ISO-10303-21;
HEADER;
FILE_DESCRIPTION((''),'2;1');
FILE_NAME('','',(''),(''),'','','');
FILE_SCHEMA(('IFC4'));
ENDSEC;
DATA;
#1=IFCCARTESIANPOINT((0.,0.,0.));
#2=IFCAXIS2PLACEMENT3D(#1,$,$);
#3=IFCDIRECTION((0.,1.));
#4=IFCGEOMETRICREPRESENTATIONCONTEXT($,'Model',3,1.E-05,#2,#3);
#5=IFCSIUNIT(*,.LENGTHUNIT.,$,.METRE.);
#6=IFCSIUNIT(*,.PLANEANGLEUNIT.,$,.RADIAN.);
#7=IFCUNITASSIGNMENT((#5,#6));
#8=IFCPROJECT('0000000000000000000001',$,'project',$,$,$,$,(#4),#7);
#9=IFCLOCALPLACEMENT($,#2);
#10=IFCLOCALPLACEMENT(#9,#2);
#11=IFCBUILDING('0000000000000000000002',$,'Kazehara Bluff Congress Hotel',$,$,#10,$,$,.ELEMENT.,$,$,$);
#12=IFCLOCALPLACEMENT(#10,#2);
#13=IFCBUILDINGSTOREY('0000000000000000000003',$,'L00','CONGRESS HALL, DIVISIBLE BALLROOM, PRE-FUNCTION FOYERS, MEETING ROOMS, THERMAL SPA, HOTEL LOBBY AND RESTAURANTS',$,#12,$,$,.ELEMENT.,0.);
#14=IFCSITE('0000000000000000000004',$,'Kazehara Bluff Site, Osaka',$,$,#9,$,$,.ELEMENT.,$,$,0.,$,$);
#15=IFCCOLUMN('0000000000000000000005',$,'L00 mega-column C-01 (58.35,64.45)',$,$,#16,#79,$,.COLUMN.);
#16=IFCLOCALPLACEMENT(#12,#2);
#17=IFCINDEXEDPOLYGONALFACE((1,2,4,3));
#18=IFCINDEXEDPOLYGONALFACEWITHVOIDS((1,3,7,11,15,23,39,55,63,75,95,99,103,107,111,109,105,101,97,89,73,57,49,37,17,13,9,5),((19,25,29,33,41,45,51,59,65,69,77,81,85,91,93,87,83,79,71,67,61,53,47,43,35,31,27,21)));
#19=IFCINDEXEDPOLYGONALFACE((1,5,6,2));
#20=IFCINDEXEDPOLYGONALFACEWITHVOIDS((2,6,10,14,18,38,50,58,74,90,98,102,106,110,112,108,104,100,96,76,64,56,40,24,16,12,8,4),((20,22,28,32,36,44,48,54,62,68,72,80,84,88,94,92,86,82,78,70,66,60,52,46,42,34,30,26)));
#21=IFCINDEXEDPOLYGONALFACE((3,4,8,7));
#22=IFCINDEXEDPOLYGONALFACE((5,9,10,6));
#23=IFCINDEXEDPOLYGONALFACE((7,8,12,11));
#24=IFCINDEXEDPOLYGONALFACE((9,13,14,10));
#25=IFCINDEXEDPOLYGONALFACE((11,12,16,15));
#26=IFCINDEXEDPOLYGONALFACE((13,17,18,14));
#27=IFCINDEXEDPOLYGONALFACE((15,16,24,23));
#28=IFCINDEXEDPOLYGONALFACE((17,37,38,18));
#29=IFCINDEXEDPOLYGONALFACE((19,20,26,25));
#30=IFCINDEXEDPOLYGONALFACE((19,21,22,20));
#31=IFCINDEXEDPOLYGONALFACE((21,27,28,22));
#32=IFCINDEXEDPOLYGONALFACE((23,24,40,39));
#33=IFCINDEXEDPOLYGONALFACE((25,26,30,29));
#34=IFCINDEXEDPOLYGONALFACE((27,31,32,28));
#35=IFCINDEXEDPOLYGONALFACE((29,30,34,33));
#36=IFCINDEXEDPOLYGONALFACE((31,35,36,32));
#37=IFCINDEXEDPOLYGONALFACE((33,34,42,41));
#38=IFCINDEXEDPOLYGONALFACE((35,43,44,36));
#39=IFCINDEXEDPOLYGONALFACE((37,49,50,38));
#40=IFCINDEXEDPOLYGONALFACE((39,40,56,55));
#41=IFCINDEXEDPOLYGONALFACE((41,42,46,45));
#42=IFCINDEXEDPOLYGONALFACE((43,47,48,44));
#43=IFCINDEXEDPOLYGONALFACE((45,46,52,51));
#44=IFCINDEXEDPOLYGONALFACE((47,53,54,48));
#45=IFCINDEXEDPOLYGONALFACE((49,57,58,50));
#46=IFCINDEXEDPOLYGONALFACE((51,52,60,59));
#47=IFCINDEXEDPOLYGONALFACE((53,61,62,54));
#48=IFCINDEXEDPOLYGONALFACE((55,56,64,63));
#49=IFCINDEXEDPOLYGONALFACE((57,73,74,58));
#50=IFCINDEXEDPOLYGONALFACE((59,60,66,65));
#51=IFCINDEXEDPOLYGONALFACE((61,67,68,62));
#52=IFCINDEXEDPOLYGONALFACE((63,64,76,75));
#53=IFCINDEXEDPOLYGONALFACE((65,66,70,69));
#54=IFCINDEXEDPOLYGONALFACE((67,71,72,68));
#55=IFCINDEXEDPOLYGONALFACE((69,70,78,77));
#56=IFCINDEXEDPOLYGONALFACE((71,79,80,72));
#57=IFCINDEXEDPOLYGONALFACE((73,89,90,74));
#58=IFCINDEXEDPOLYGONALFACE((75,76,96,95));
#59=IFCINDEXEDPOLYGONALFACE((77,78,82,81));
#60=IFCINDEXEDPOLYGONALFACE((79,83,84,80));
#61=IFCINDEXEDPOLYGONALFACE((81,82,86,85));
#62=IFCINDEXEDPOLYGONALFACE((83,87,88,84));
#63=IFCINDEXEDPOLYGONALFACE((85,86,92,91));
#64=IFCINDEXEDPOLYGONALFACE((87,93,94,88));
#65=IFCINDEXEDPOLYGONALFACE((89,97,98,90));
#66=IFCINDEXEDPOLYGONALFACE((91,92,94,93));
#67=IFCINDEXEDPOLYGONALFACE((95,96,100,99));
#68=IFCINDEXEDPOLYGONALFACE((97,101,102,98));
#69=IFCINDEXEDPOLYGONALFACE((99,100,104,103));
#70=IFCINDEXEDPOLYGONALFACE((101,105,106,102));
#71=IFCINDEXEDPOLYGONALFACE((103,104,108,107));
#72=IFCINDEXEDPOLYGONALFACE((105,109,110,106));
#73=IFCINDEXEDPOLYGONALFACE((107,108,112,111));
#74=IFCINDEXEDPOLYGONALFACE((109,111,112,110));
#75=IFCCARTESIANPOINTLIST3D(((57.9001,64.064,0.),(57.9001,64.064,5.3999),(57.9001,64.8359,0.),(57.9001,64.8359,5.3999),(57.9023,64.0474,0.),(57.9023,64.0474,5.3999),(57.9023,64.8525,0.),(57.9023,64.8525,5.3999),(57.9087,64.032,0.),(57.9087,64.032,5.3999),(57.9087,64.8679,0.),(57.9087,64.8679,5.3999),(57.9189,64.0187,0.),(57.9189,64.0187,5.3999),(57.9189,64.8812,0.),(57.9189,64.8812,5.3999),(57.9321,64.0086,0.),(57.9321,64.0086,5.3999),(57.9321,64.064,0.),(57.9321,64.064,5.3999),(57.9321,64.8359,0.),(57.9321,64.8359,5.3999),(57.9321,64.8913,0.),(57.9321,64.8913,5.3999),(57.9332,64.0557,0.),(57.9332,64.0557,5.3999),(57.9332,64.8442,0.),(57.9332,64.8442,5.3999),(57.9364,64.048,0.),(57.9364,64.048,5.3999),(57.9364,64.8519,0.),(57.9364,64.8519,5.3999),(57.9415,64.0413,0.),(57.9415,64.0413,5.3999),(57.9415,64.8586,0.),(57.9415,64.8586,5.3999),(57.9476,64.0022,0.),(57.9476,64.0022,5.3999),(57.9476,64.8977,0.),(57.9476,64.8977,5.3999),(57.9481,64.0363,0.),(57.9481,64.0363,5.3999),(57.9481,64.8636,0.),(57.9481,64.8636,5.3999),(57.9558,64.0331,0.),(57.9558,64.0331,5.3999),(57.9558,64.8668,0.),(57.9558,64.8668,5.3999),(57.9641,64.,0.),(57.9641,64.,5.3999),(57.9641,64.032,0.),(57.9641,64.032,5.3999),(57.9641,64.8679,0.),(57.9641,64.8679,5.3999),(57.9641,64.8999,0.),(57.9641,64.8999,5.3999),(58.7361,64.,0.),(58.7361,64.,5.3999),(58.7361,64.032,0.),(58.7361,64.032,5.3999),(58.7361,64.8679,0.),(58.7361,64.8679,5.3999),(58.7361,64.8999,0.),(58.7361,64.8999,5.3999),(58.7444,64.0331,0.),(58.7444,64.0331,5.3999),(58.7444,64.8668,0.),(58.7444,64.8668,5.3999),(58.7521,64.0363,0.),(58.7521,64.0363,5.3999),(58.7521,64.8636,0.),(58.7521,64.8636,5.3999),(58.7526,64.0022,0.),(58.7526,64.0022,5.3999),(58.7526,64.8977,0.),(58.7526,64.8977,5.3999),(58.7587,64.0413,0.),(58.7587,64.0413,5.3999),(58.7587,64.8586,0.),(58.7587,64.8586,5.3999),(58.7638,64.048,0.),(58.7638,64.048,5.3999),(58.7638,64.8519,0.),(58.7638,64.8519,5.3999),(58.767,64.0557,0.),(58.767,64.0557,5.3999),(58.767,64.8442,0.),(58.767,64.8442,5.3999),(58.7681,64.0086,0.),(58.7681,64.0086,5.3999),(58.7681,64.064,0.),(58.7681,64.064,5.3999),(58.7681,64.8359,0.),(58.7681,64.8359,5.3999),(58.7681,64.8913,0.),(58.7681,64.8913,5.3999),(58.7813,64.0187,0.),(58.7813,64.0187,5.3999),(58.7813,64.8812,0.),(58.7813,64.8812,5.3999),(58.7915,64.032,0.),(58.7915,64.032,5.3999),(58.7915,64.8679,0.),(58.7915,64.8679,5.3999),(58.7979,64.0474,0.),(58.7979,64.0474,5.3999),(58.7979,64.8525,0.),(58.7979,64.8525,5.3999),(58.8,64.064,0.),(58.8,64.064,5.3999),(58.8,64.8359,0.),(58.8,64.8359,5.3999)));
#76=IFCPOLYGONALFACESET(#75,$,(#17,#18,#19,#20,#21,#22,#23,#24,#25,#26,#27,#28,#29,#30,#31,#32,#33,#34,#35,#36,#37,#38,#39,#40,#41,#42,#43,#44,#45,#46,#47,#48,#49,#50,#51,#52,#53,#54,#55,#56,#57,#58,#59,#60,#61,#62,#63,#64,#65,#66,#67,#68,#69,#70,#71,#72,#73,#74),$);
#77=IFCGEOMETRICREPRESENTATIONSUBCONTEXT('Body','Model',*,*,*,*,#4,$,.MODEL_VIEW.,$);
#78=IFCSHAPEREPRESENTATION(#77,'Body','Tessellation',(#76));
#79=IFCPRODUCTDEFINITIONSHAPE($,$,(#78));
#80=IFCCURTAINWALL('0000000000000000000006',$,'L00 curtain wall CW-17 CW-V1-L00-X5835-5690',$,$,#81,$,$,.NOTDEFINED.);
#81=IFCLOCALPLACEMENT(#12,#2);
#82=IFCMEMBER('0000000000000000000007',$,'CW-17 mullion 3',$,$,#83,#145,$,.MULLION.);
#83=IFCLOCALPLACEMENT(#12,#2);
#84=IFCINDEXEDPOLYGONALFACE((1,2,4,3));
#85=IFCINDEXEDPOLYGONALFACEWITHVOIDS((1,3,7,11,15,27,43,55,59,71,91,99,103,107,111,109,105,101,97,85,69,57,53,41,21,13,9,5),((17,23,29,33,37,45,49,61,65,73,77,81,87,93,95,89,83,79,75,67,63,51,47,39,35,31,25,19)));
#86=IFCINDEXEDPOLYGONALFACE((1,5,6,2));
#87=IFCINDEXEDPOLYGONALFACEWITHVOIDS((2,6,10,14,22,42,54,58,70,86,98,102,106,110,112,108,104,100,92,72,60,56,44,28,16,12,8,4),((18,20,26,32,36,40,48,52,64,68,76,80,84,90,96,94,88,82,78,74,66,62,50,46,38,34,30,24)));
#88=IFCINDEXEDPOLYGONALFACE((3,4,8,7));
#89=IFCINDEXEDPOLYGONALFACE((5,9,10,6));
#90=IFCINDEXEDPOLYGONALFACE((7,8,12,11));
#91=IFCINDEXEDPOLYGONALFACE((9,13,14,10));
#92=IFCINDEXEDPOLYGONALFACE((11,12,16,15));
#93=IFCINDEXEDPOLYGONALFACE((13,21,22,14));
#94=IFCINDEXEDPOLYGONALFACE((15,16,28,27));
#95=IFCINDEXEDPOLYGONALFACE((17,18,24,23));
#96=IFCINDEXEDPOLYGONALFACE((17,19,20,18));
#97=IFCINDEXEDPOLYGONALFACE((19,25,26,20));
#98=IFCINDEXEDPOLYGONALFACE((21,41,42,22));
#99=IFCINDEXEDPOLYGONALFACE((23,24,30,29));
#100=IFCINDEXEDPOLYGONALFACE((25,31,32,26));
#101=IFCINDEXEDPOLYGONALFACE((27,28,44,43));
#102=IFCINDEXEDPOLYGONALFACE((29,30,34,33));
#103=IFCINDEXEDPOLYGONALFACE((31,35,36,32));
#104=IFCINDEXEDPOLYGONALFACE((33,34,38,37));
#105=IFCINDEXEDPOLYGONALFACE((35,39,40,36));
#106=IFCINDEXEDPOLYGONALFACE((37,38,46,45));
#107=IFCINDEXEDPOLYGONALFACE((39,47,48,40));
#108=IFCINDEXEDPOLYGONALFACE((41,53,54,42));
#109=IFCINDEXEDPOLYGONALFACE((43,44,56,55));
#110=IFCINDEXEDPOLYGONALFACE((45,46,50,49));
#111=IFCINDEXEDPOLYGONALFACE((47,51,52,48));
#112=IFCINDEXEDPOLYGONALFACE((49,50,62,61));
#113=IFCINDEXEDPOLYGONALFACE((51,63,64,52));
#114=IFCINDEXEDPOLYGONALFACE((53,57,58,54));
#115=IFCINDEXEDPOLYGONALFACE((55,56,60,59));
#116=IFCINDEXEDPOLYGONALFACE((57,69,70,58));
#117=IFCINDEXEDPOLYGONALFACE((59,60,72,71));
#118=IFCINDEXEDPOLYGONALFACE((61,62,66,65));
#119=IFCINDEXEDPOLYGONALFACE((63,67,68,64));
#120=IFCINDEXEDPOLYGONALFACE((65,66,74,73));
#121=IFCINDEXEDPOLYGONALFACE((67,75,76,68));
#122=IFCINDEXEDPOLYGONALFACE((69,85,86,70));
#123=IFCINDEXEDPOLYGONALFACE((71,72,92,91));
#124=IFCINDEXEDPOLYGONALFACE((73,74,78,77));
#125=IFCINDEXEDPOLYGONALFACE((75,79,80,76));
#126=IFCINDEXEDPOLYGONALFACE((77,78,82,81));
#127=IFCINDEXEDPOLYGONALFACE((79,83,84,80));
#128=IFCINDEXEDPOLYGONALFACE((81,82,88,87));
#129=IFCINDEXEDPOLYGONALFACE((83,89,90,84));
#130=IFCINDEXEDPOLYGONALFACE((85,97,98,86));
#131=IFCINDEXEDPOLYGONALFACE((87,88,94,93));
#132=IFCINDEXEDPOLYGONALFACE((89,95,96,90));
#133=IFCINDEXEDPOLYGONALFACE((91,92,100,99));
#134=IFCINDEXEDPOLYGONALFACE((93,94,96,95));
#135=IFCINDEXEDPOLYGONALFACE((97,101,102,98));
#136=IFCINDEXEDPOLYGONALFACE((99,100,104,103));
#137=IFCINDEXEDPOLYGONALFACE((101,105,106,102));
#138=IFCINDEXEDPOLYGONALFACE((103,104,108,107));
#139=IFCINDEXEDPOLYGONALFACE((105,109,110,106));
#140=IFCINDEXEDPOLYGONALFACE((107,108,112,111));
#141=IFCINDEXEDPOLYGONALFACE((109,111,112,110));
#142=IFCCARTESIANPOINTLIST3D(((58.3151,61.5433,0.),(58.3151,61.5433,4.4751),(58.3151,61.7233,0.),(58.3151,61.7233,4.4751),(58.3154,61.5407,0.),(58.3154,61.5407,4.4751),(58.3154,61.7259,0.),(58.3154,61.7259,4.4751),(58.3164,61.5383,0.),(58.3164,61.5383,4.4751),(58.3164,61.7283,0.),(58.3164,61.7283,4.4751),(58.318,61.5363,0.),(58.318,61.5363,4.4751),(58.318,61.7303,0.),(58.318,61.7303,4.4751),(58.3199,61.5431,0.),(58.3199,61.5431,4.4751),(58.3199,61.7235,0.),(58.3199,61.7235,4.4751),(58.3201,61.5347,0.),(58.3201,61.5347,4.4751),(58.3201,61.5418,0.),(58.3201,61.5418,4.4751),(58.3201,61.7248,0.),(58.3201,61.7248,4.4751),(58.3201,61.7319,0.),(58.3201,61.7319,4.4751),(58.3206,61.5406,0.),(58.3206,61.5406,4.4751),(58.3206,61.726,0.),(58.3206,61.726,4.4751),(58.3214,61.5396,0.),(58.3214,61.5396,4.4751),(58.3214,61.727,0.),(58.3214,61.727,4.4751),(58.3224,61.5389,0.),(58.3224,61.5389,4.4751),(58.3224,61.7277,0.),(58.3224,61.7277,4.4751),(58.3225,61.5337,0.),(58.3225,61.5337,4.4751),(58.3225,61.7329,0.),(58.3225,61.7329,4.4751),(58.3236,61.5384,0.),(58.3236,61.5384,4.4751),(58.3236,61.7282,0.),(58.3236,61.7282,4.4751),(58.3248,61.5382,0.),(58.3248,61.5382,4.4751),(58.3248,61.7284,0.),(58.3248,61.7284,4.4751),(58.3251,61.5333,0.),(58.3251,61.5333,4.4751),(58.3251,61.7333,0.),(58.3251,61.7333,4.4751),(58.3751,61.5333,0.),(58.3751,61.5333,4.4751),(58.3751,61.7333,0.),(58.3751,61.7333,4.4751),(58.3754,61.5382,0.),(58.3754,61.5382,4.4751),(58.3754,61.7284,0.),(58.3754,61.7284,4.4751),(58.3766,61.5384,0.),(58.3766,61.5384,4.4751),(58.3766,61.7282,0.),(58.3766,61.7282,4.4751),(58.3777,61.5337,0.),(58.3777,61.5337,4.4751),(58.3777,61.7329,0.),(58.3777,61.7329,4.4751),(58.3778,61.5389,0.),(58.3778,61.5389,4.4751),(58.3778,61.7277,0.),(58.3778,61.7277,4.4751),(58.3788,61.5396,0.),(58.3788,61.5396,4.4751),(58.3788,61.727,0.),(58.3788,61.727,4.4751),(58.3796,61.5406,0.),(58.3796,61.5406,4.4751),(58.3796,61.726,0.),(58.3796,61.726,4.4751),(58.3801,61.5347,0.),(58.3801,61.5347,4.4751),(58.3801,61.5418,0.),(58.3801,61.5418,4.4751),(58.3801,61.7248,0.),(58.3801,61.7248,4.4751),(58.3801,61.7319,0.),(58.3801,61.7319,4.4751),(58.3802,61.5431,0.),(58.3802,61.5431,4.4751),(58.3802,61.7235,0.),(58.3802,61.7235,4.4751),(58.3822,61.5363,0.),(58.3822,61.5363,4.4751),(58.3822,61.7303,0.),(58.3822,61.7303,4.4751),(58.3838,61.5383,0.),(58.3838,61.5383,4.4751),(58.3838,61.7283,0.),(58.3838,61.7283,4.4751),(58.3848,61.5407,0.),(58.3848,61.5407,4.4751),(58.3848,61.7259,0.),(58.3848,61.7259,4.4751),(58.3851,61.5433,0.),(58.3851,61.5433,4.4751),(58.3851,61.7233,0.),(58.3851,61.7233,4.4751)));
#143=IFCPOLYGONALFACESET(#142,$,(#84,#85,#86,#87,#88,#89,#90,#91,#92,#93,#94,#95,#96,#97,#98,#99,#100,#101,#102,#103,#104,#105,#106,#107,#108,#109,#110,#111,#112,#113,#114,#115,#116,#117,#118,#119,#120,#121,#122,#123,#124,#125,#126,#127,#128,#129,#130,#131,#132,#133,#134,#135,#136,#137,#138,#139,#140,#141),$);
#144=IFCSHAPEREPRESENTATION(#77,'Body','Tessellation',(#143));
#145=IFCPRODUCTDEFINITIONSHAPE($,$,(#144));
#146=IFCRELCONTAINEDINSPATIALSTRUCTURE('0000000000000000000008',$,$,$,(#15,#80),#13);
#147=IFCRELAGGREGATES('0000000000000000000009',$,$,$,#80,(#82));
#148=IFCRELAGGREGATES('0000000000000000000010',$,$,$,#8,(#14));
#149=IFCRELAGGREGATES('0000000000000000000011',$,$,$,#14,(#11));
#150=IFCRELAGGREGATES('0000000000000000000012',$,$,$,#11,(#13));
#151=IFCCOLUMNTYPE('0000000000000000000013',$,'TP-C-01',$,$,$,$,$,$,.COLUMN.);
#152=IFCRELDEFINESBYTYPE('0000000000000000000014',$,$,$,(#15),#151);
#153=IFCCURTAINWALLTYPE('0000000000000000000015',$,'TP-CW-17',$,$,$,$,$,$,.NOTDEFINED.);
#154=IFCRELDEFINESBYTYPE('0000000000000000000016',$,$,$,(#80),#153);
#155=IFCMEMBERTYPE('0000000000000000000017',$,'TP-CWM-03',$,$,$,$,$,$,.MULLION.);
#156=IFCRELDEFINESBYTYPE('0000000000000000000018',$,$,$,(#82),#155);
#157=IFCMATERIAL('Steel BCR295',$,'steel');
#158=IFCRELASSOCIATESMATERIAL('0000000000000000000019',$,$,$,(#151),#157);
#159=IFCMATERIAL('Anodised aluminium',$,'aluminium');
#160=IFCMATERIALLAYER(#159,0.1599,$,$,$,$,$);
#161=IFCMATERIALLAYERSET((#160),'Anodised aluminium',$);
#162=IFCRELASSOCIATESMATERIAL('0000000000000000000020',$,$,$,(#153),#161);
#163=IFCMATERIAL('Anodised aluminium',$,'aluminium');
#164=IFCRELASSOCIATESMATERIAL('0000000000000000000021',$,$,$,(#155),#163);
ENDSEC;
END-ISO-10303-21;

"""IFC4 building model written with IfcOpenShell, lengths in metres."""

from ifc_helpers import new_model, si_unit, direction, frame, origin, origin_2d, place, context, subcontext, project, spatial, hollow_rectangle, extrude, material, layer, layer_set, material_profile, profile_set, type_object, element, aggregate, save


model = new_model("IFC4")

# Units and contexts
model_context = context("Model", 3, precision=1e-05, world=origin(), true_north=direction((0.0, 1.0)))
body_context = subcontext(model_context, "Body", "Model", "MODEL_VIEW")
ifc_project = project(units=[si_unit("LENGTHUNIT", "METRE"), si_unit("PLANEANGLEUNIT", "RADIAN")], contexts=[model_context])

# Site, building, storey
site_placement = place(None, origin())
site = spatial("IfcSite", under=ifc_project, at=site_placement, Name="Kazehara Bluff Site, Osaka", CompositionType="ELEMENT", RefElevation=0.0)
building_placement = place(site_placement, origin())
building = spatial("IfcBuilding", under=site, at=building_placement, Name="Kazehara Bluff Congress Hotel", CompositionType="ELEMENT")
storey_placement = place(building_placement, origin())
storey = spatial("IfcBuildingStorey", under=building, at=storey_placement, Name="L00", Description="CONGRESS HALL, DIVISIBLE BALLROOM, PRE-FUNCTION FOYERS, MEETING ROOMS, THERMAL SPA, HOTEL LOBBY AND RESTAURANTS", CompositionType="ELEMENT", Elevation=0.0)

# Column
ifc_material_1 = material(Name="Steel BCR295", Category="steel")
ifc_material_profile_1 = material_profile(ifc_material_1, hollow_rectangle(XDim=0.8999, YDim=0.8999, WallThickness=0.032, InnerFilletRadius=0.032, OuterFilletRadius=0.064, at=origin_2d()))
ifc_profile_set_1 = profile_set([ifc_material_profile_1], Name="Steel BCR295")
column_type = type_object("IfcColumnType", Name="TP-C-01", PredefinedType="COLUMN", material=ifc_profile_set_1)
column_placement = place(storey_placement, frame((58.3501, 64.45, 0.0), z_axis=(0.0, 0.0, 1.0), x_axis=(1.0, 0.0, 0.0)))
element("IfcColumn", 1, at=column_placement, inside=storey, type_object=column_type, Name="L00 mega-column C-01 (58.35,64.45)", PredefinedType="COLUMN", context=body_context, shape_type="SweptSolid", body=[
    extrude(hollow_rectangle(XDim=0.8999, YDim=0.8999, WallThickness=0.032, InnerFilletRadius=0.032, OuterFilletRadius=0.064, at=origin_2d()), origin(), (0.0, 0.0, 1.0), 5.3999),
])

# Curtain wall, member
ifc_material_2 = material(Name="Anodised aluminium", Category="aluminium")
ifc_layer_1 = layer(ifc_material_2, 0.1599)
ifc_layer_set_1 = layer_set([ifc_layer_1], Name="Anodised aluminium")
curtain_wall_type = type_object("IfcCurtainWallType", Name="TP-CW-17", PredefinedType="NOTDEFINED", material=ifc_layer_set_1)
curtain_wall_1_placement = place(storey_placement, origin())
curtain_wall_1 = element("IfcCurtainWall", 2, at=curtain_wall_1_placement, inside=storey, type_object=curtain_wall_type, Name="L00 curtain wall CW-17 CW-V1-L00-X5835-5690", PredefinedType="NOTDEFINED")
ifc_material_3 = material(Name="Anodised aluminium", Category="aluminium")
ifc_material_profile_2 = material_profile(ifc_material_3, hollow_rectangle(XDim=0.0701, YDim=0.2, WallThickness=0.0049, InnerFilletRadius=0.0049, OuterFilletRadius=0.01, at=origin_2d()))
ifc_profile_set_2 = profile_set([ifc_material_profile_2], Name="Anodised aluminium")
member_type_1 = type_object("IfcMemberType", Name="TP-CWM-03", PredefinedType="MULLION", material=ifc_profile_set_2)
member_1_placement = place(storey_placement, frame((58.3501, 61.6333, 0.0), z_axis=(0.0, 0.0, 1.0), x_axis=(-1.0, 0.0, 0.0)))
member_1 = element("IfcMember", 3, at=member_1_placement, type_object=member_type_1, Name="CW-17 mullion 3", PredefinedType="MULLION", context=body_context, shape_type="SweptSolid", body=[
    extrude(hollow_rectangle(XDim=0.0701, YDim=0.2, WallThickness=0.0049, InnerFilletRadius=0.0049, OuterFilletRadius=0.01, at=origin_2d()), origin(), (0.0, 0.0, 1.0), 4.4751),
])

aggregate(curtain_wall_1, [member_1])

save(model, "model.ifc")
